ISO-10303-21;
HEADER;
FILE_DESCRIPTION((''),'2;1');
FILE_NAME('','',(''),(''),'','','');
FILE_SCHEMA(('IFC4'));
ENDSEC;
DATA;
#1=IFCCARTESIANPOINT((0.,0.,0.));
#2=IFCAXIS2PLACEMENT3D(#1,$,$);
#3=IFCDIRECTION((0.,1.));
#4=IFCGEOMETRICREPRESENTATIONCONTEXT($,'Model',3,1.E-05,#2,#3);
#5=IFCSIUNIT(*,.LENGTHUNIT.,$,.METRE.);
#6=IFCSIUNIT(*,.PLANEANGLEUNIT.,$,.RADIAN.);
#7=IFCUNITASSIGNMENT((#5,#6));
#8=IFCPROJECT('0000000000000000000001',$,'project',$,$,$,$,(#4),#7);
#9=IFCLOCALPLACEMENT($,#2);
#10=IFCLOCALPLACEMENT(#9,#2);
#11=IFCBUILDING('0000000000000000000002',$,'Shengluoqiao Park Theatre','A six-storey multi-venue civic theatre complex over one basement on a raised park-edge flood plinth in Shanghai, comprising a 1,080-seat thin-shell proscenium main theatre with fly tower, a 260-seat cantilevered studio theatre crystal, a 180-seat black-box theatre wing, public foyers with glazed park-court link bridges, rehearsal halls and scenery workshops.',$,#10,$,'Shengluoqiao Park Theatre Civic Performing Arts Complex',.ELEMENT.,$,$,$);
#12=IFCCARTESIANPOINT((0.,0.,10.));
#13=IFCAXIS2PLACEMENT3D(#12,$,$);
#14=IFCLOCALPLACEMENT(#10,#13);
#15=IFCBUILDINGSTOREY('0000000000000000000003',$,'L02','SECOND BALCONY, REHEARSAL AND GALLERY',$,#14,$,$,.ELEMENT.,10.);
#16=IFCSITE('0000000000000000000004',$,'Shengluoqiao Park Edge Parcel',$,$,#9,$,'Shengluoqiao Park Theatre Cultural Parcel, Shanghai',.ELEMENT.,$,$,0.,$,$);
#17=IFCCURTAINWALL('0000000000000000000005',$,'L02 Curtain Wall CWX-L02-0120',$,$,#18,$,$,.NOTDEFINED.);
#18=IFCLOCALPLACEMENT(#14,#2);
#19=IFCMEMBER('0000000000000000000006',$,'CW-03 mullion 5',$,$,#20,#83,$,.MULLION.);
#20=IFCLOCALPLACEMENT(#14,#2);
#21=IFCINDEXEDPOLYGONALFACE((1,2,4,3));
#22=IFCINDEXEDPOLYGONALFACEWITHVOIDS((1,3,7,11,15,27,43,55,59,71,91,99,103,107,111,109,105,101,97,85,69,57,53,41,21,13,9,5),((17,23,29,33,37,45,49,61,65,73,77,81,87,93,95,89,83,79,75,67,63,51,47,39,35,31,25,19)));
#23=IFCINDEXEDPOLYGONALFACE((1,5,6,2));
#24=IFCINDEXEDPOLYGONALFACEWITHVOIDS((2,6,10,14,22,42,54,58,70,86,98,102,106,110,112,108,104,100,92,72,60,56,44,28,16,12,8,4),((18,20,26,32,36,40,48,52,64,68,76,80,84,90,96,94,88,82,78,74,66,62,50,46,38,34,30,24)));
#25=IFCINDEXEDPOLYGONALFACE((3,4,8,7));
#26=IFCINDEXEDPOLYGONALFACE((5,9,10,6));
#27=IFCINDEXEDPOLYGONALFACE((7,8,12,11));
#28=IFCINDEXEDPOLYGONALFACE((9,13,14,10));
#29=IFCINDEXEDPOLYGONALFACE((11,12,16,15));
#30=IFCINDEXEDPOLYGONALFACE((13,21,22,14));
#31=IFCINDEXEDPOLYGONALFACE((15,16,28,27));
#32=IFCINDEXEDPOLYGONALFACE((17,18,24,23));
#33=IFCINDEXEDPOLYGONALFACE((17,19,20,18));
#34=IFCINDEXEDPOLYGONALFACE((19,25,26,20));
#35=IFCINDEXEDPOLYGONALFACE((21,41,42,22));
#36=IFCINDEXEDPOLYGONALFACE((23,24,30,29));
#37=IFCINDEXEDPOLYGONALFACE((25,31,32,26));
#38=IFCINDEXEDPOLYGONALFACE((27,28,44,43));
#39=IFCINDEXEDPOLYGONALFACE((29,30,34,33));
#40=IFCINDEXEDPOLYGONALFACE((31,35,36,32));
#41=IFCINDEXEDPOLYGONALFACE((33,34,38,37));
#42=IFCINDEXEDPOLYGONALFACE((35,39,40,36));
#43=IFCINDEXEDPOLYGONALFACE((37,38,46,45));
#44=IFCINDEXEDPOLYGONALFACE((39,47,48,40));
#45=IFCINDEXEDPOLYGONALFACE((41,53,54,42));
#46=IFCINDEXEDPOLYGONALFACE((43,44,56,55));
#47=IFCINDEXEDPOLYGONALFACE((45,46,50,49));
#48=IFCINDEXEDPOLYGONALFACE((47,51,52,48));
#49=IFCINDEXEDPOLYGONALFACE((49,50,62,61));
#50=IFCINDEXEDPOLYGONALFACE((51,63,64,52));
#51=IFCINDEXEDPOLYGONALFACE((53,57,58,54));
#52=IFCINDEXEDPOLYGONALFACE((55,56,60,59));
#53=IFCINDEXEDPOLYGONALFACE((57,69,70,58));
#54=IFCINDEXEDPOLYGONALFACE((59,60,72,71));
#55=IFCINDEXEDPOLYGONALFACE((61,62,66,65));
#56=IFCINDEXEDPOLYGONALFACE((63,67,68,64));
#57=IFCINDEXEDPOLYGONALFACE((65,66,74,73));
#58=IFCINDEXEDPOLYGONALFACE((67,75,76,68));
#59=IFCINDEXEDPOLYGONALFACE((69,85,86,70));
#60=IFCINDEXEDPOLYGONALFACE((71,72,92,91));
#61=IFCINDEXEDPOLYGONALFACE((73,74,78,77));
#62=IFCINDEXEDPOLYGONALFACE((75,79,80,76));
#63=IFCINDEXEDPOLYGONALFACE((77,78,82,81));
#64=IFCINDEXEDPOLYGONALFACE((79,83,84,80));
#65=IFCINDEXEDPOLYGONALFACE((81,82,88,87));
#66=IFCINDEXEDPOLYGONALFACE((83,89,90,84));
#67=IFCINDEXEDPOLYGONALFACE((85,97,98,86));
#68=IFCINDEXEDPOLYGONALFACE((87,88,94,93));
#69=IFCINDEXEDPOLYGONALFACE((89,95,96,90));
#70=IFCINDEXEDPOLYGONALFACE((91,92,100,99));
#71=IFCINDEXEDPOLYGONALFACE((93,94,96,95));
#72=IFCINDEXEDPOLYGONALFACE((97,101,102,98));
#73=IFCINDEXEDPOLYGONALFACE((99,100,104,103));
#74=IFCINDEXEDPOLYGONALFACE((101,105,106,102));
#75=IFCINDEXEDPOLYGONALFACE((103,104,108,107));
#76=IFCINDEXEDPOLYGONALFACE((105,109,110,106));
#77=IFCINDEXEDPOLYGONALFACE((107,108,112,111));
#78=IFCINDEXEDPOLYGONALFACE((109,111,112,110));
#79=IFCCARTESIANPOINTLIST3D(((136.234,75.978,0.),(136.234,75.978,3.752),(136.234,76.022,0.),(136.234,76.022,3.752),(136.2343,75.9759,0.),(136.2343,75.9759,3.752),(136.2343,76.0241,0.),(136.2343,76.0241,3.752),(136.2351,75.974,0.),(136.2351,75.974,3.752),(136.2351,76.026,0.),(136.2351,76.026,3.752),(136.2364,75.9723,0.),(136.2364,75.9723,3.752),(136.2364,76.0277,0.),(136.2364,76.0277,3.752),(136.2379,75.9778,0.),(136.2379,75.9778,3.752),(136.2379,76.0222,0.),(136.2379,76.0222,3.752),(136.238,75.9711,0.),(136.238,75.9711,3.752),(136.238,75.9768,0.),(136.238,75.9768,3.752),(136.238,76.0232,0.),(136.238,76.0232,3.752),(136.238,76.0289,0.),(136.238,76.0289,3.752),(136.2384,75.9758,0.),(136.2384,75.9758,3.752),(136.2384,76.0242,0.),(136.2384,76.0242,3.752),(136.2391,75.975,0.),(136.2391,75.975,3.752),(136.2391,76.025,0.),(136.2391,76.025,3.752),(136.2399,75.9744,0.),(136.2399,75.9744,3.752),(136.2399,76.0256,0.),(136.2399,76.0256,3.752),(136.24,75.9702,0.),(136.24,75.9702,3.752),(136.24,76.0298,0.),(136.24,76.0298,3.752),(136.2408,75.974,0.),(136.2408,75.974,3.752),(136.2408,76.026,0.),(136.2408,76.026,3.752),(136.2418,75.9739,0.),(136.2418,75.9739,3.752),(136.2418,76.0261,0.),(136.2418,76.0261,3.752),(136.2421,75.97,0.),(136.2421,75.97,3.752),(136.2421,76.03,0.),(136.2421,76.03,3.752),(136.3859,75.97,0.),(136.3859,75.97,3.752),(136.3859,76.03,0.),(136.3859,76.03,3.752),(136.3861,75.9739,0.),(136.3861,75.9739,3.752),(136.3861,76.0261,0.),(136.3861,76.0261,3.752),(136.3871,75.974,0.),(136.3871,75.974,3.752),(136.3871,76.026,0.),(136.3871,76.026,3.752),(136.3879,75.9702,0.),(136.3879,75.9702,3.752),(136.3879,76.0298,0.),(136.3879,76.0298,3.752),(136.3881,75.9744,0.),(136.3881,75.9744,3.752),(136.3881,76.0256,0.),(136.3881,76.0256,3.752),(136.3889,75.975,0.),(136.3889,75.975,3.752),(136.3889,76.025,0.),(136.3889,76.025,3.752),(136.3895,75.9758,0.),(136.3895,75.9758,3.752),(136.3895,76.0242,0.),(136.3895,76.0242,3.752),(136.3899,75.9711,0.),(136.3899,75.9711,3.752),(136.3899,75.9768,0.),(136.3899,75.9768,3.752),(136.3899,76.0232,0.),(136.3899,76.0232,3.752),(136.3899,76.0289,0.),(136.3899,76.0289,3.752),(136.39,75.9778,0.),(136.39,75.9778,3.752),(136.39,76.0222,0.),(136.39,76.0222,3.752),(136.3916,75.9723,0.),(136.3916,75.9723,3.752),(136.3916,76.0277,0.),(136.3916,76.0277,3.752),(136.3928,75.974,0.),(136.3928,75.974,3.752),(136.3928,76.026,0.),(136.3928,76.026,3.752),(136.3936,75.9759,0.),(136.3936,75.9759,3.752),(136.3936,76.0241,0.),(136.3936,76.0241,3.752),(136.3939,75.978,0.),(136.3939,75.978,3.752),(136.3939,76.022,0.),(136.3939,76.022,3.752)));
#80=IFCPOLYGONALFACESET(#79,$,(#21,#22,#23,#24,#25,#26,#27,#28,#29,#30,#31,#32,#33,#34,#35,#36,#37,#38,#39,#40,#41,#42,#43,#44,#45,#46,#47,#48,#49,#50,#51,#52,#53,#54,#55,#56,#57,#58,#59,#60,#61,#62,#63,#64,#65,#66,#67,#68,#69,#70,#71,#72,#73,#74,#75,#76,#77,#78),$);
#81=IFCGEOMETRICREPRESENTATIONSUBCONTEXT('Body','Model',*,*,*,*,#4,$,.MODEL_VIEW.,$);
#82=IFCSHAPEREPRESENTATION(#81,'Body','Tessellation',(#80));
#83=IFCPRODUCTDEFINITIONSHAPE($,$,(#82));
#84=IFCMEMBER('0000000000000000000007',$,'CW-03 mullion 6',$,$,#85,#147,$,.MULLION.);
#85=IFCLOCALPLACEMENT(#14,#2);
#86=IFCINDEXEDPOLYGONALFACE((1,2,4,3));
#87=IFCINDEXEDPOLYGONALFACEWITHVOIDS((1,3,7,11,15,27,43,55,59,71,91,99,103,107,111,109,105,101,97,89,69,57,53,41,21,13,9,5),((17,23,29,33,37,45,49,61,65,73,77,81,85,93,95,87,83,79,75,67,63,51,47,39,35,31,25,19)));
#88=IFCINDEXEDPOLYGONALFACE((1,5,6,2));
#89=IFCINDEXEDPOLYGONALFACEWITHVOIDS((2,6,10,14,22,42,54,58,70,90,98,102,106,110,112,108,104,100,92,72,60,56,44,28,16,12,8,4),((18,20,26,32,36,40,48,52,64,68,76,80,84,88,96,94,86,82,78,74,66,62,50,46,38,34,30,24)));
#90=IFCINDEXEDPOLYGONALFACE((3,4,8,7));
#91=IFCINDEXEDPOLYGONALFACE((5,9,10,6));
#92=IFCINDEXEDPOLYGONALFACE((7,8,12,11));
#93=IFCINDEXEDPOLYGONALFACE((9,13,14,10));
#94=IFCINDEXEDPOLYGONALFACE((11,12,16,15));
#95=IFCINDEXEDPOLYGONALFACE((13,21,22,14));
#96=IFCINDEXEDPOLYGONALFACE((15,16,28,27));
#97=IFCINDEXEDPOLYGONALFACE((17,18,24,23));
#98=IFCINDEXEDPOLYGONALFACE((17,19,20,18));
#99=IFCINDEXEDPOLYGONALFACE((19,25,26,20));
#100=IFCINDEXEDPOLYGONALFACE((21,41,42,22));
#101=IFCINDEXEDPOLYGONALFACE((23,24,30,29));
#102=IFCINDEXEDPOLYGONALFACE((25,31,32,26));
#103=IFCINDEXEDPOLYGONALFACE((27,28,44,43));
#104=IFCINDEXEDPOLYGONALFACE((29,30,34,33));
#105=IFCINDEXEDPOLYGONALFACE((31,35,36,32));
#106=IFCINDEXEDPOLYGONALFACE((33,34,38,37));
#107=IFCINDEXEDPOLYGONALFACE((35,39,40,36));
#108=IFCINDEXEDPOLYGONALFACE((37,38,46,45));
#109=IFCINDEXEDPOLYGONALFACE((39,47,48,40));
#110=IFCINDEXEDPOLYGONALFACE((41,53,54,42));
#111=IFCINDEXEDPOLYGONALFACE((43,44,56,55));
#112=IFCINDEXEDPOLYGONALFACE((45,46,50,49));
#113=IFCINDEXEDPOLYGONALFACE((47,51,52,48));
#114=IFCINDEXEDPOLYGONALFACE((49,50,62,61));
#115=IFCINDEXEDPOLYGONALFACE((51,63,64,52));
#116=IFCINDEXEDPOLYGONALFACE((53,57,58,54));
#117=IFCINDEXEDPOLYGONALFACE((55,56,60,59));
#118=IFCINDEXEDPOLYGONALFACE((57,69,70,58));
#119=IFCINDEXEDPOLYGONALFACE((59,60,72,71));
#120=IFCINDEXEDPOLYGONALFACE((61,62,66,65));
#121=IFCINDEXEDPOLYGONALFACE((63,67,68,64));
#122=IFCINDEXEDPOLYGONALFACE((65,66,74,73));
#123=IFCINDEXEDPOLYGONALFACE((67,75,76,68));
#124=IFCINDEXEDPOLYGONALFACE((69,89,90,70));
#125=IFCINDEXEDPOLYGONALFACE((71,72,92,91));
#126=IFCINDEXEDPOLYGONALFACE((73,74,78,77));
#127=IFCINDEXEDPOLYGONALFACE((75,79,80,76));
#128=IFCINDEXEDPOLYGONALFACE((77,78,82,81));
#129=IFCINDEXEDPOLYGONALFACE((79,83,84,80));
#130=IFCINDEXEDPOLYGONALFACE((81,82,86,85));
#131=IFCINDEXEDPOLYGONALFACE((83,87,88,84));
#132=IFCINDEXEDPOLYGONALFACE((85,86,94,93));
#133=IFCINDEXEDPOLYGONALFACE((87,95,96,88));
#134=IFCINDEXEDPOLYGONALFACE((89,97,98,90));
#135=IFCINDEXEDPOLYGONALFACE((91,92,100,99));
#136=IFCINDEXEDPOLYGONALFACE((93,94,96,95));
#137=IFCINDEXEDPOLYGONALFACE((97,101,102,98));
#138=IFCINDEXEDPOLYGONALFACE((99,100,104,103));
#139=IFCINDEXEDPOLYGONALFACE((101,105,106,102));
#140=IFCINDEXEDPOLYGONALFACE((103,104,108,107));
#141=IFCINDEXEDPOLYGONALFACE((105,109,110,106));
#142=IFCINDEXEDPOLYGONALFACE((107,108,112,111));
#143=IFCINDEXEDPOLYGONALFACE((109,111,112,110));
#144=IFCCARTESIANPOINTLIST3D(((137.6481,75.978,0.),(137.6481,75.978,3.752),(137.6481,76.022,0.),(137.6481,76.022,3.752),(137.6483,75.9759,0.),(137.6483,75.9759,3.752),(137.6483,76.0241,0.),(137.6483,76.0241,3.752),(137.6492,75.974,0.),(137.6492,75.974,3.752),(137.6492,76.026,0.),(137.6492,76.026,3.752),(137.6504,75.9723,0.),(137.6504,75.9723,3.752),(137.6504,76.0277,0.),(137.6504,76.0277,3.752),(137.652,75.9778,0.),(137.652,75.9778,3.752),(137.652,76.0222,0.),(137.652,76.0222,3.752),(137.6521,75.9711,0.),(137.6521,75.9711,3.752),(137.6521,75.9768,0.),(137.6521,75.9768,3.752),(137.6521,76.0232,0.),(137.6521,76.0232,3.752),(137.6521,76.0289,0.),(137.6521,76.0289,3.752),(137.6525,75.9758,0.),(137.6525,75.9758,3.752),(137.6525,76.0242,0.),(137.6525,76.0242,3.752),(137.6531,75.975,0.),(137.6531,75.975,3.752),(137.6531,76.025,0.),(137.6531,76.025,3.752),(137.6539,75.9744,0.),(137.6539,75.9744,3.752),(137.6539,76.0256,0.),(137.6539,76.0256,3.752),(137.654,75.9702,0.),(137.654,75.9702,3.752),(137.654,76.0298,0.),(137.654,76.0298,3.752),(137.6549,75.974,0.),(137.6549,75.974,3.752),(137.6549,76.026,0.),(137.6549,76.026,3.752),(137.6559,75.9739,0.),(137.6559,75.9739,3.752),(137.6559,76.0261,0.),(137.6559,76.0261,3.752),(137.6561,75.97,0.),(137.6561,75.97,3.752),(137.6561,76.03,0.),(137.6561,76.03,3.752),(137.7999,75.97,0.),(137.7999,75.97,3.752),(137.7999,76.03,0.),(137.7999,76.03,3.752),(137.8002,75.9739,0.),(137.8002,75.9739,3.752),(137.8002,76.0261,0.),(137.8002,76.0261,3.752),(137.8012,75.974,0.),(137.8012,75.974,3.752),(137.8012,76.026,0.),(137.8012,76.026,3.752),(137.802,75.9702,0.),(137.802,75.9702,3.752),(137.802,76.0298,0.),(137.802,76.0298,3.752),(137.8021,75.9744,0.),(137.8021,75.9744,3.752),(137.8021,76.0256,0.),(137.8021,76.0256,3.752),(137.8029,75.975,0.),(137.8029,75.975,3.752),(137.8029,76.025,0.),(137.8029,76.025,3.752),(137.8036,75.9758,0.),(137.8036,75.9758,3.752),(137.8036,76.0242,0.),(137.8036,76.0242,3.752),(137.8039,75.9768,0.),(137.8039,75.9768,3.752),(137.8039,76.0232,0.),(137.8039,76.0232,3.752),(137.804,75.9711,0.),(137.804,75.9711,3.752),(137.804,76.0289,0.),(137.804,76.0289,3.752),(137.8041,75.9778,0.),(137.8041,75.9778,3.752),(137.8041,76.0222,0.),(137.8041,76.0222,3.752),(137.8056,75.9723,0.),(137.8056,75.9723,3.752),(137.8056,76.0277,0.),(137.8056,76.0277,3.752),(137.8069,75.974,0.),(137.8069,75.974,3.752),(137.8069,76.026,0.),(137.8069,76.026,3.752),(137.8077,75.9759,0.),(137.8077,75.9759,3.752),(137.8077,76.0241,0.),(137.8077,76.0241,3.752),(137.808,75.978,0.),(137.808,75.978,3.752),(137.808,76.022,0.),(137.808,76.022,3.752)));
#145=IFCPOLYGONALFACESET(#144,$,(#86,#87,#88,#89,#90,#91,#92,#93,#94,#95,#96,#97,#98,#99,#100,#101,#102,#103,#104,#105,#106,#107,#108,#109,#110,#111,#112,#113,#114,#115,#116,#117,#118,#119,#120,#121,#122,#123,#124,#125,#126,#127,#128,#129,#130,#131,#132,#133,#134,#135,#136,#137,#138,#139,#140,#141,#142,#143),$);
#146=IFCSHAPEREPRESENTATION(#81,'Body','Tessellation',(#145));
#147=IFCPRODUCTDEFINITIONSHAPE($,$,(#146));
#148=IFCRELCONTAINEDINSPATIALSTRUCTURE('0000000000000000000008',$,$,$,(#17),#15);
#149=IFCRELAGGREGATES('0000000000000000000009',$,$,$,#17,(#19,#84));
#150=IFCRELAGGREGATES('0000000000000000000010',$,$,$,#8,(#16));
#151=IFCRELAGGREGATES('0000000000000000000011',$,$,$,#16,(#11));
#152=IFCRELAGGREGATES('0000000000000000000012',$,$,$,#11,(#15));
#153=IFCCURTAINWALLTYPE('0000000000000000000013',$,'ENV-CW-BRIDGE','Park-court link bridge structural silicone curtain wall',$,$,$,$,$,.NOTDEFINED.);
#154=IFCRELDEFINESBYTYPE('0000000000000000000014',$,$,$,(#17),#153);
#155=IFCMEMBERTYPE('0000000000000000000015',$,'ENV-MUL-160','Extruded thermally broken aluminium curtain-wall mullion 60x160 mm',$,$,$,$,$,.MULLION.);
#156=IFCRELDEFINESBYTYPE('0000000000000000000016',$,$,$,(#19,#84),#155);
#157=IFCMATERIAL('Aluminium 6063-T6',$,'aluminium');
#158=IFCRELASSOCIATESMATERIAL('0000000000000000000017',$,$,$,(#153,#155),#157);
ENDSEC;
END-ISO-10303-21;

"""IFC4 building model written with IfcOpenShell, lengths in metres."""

from ifc_helpers import new_model, si_unit, direction, frame, origin, origin_2d, place, context, subcontext, project, spatial, hollow_rectangle, extrude, material, material_profile, profile_set, type_object, element, aggregate, save


model = new_model("IFC4")

# Units and contexts
model_context = context("Model", 3, precision=1e-05, world=origin(), true_north=direction((0.0, 1.0)))
body_context = subcontext(model_context, "Body", "Model", "MODEL_VIEW")
ifc_project = project(units=[si_unit("LENGTHUNIT", "METRE"), si_unit("PLANEANGLEUNIT", "RADIAN")], contexts=[model_context])

# Site, building, storey
site_placement = place(None, origin())
site = spatial("IfcSite", under=ifc_project, at=site_placement, Name="Shengluoqiao Park Edge Parcel", LongName="Shengluoqiao Park Theatre Cultural Parcel, Shanghai", CompositionType="ELEMENT", RefElevation=0.0)
building_placement = place(site_placement, origin())
building = spatial("IfcBuilding", under=site, at=building_placement, Name="Shengluoqiao Park Theatre", Description="A six-storey multi-venue civic theatre complex over one basement on a raised park-edge flood plinth in Shanghai, comprising a 1,080-seat thin-shell proscenium main theatre with fly tower, a 260-seat cantilevered studio theatre crystal, a 180-seat black-box theatre wing, public foyers with glazed park-court link bridges, rehearsal halls and scenery workshops.", LongName="Shengluoqiao Park Theatre Civic Performing Arts Complex", CompositionType="ELEMENT")
storey_placement = place(building_placement, frame((0.0, 0.0, 10.0)))
storey = spatial("IfcBuildingStorey", under=building, at=storey_placement, Name="L02", Description="SECOND BALCONY, REHEARSAL AND GALLERY", CompositionType="ELEMENT", Elevation=10.0)

# Curtain wall, members
ifc_material_1 = material(Name="Aluminium 6063-T6", Category="aluminium")
curtain_wall_type = type_object("IfcCurtainWallType", Name="ENV-CW-BRIDGE", Description="Park-court link bridge structural silicone curtain wall", PredefinedType="NOTDEFINED", material=ifc_material_1)
curtain_wall_placement = place(storey_placement, origin())
curtain_wall = element("IfcCurtainWall", 1, at=curtain_wall_placement, inside=storey, type_object=curtain_wall_type, Name="L02 Curtain Wall CWX-L02-0120", PredefinedType="NOTDEFINED")
ifc_material_profile_1 = material_profile(ifc_material_1, hollow_rectangle(XDim=0.0601, YDim=0.1599, WallThickness=0.0039, InnerFilletRadius=0.0039, OuterFilletRadius=0.0081, at=origin_2d()), Name="ALU MULLION 160x60x4")
ifc_profile_set_1 = profile_set([ifc_material_profile_1], Name="Aluminium 6063-T6")
member_type_1 = type_object("IfcMemberType", Name="ENV-MUL-160", Description="Extruded thermally broken aluminium curtain-wall mullion 60x160 mm", PredefinedType="MULLION", material=ifc_profile_set_1)
member_1_placement = place(storey_placement, frame((136.314, 76.0, 0.0), z_axis=(0.0, 0.0, 1.0), x_axis=(0.0, 1.0, 0.0)))
member_1 = element("IfcMember", 2, at=member_1_placement, type_object=member_type_1, Name="CW-03 mullion 5", PredefinedType="MULLION", context=body_context, shape_type="SweptSolid", body=[
    extrude(hollow_rectangle(XDim=0.0601, YDim=0.1599, WallThickness=0.0039, InnerFilletRadius=0.0039, OuterFilletRadius=0.0081, at=origin_2d()), origin(), (0.0, 0.0, 1.0), 3.752),
])
member_2_placement = place(storey_placement, frame((137.728, 76.0, 0.0), z_axis=(0.0, 0.0, 1.0), x_axis=(0.0, 1.0, 0.0)))
member_2 = element("IfcMember", 3, at=member_2_placement, type_object=member_type_1, Name="CW-03 mullion 6", PredefinedType="MULLION", context=body_context, shape_type="SweptSolid", body=[
    extrude(hollow_rectangle(XDim=0.0601, YDim=0.1599, WallThickness=0.0039, InnerFilletRadius=0.0039, OuterFilletRadius=0.0081, at=origin_2d()), origin(), (0.0, 0.0, 1.0), 3.752),
])

aggregate(curtain_wall, [member_1, member_2])

save(model, "model.ifc")
